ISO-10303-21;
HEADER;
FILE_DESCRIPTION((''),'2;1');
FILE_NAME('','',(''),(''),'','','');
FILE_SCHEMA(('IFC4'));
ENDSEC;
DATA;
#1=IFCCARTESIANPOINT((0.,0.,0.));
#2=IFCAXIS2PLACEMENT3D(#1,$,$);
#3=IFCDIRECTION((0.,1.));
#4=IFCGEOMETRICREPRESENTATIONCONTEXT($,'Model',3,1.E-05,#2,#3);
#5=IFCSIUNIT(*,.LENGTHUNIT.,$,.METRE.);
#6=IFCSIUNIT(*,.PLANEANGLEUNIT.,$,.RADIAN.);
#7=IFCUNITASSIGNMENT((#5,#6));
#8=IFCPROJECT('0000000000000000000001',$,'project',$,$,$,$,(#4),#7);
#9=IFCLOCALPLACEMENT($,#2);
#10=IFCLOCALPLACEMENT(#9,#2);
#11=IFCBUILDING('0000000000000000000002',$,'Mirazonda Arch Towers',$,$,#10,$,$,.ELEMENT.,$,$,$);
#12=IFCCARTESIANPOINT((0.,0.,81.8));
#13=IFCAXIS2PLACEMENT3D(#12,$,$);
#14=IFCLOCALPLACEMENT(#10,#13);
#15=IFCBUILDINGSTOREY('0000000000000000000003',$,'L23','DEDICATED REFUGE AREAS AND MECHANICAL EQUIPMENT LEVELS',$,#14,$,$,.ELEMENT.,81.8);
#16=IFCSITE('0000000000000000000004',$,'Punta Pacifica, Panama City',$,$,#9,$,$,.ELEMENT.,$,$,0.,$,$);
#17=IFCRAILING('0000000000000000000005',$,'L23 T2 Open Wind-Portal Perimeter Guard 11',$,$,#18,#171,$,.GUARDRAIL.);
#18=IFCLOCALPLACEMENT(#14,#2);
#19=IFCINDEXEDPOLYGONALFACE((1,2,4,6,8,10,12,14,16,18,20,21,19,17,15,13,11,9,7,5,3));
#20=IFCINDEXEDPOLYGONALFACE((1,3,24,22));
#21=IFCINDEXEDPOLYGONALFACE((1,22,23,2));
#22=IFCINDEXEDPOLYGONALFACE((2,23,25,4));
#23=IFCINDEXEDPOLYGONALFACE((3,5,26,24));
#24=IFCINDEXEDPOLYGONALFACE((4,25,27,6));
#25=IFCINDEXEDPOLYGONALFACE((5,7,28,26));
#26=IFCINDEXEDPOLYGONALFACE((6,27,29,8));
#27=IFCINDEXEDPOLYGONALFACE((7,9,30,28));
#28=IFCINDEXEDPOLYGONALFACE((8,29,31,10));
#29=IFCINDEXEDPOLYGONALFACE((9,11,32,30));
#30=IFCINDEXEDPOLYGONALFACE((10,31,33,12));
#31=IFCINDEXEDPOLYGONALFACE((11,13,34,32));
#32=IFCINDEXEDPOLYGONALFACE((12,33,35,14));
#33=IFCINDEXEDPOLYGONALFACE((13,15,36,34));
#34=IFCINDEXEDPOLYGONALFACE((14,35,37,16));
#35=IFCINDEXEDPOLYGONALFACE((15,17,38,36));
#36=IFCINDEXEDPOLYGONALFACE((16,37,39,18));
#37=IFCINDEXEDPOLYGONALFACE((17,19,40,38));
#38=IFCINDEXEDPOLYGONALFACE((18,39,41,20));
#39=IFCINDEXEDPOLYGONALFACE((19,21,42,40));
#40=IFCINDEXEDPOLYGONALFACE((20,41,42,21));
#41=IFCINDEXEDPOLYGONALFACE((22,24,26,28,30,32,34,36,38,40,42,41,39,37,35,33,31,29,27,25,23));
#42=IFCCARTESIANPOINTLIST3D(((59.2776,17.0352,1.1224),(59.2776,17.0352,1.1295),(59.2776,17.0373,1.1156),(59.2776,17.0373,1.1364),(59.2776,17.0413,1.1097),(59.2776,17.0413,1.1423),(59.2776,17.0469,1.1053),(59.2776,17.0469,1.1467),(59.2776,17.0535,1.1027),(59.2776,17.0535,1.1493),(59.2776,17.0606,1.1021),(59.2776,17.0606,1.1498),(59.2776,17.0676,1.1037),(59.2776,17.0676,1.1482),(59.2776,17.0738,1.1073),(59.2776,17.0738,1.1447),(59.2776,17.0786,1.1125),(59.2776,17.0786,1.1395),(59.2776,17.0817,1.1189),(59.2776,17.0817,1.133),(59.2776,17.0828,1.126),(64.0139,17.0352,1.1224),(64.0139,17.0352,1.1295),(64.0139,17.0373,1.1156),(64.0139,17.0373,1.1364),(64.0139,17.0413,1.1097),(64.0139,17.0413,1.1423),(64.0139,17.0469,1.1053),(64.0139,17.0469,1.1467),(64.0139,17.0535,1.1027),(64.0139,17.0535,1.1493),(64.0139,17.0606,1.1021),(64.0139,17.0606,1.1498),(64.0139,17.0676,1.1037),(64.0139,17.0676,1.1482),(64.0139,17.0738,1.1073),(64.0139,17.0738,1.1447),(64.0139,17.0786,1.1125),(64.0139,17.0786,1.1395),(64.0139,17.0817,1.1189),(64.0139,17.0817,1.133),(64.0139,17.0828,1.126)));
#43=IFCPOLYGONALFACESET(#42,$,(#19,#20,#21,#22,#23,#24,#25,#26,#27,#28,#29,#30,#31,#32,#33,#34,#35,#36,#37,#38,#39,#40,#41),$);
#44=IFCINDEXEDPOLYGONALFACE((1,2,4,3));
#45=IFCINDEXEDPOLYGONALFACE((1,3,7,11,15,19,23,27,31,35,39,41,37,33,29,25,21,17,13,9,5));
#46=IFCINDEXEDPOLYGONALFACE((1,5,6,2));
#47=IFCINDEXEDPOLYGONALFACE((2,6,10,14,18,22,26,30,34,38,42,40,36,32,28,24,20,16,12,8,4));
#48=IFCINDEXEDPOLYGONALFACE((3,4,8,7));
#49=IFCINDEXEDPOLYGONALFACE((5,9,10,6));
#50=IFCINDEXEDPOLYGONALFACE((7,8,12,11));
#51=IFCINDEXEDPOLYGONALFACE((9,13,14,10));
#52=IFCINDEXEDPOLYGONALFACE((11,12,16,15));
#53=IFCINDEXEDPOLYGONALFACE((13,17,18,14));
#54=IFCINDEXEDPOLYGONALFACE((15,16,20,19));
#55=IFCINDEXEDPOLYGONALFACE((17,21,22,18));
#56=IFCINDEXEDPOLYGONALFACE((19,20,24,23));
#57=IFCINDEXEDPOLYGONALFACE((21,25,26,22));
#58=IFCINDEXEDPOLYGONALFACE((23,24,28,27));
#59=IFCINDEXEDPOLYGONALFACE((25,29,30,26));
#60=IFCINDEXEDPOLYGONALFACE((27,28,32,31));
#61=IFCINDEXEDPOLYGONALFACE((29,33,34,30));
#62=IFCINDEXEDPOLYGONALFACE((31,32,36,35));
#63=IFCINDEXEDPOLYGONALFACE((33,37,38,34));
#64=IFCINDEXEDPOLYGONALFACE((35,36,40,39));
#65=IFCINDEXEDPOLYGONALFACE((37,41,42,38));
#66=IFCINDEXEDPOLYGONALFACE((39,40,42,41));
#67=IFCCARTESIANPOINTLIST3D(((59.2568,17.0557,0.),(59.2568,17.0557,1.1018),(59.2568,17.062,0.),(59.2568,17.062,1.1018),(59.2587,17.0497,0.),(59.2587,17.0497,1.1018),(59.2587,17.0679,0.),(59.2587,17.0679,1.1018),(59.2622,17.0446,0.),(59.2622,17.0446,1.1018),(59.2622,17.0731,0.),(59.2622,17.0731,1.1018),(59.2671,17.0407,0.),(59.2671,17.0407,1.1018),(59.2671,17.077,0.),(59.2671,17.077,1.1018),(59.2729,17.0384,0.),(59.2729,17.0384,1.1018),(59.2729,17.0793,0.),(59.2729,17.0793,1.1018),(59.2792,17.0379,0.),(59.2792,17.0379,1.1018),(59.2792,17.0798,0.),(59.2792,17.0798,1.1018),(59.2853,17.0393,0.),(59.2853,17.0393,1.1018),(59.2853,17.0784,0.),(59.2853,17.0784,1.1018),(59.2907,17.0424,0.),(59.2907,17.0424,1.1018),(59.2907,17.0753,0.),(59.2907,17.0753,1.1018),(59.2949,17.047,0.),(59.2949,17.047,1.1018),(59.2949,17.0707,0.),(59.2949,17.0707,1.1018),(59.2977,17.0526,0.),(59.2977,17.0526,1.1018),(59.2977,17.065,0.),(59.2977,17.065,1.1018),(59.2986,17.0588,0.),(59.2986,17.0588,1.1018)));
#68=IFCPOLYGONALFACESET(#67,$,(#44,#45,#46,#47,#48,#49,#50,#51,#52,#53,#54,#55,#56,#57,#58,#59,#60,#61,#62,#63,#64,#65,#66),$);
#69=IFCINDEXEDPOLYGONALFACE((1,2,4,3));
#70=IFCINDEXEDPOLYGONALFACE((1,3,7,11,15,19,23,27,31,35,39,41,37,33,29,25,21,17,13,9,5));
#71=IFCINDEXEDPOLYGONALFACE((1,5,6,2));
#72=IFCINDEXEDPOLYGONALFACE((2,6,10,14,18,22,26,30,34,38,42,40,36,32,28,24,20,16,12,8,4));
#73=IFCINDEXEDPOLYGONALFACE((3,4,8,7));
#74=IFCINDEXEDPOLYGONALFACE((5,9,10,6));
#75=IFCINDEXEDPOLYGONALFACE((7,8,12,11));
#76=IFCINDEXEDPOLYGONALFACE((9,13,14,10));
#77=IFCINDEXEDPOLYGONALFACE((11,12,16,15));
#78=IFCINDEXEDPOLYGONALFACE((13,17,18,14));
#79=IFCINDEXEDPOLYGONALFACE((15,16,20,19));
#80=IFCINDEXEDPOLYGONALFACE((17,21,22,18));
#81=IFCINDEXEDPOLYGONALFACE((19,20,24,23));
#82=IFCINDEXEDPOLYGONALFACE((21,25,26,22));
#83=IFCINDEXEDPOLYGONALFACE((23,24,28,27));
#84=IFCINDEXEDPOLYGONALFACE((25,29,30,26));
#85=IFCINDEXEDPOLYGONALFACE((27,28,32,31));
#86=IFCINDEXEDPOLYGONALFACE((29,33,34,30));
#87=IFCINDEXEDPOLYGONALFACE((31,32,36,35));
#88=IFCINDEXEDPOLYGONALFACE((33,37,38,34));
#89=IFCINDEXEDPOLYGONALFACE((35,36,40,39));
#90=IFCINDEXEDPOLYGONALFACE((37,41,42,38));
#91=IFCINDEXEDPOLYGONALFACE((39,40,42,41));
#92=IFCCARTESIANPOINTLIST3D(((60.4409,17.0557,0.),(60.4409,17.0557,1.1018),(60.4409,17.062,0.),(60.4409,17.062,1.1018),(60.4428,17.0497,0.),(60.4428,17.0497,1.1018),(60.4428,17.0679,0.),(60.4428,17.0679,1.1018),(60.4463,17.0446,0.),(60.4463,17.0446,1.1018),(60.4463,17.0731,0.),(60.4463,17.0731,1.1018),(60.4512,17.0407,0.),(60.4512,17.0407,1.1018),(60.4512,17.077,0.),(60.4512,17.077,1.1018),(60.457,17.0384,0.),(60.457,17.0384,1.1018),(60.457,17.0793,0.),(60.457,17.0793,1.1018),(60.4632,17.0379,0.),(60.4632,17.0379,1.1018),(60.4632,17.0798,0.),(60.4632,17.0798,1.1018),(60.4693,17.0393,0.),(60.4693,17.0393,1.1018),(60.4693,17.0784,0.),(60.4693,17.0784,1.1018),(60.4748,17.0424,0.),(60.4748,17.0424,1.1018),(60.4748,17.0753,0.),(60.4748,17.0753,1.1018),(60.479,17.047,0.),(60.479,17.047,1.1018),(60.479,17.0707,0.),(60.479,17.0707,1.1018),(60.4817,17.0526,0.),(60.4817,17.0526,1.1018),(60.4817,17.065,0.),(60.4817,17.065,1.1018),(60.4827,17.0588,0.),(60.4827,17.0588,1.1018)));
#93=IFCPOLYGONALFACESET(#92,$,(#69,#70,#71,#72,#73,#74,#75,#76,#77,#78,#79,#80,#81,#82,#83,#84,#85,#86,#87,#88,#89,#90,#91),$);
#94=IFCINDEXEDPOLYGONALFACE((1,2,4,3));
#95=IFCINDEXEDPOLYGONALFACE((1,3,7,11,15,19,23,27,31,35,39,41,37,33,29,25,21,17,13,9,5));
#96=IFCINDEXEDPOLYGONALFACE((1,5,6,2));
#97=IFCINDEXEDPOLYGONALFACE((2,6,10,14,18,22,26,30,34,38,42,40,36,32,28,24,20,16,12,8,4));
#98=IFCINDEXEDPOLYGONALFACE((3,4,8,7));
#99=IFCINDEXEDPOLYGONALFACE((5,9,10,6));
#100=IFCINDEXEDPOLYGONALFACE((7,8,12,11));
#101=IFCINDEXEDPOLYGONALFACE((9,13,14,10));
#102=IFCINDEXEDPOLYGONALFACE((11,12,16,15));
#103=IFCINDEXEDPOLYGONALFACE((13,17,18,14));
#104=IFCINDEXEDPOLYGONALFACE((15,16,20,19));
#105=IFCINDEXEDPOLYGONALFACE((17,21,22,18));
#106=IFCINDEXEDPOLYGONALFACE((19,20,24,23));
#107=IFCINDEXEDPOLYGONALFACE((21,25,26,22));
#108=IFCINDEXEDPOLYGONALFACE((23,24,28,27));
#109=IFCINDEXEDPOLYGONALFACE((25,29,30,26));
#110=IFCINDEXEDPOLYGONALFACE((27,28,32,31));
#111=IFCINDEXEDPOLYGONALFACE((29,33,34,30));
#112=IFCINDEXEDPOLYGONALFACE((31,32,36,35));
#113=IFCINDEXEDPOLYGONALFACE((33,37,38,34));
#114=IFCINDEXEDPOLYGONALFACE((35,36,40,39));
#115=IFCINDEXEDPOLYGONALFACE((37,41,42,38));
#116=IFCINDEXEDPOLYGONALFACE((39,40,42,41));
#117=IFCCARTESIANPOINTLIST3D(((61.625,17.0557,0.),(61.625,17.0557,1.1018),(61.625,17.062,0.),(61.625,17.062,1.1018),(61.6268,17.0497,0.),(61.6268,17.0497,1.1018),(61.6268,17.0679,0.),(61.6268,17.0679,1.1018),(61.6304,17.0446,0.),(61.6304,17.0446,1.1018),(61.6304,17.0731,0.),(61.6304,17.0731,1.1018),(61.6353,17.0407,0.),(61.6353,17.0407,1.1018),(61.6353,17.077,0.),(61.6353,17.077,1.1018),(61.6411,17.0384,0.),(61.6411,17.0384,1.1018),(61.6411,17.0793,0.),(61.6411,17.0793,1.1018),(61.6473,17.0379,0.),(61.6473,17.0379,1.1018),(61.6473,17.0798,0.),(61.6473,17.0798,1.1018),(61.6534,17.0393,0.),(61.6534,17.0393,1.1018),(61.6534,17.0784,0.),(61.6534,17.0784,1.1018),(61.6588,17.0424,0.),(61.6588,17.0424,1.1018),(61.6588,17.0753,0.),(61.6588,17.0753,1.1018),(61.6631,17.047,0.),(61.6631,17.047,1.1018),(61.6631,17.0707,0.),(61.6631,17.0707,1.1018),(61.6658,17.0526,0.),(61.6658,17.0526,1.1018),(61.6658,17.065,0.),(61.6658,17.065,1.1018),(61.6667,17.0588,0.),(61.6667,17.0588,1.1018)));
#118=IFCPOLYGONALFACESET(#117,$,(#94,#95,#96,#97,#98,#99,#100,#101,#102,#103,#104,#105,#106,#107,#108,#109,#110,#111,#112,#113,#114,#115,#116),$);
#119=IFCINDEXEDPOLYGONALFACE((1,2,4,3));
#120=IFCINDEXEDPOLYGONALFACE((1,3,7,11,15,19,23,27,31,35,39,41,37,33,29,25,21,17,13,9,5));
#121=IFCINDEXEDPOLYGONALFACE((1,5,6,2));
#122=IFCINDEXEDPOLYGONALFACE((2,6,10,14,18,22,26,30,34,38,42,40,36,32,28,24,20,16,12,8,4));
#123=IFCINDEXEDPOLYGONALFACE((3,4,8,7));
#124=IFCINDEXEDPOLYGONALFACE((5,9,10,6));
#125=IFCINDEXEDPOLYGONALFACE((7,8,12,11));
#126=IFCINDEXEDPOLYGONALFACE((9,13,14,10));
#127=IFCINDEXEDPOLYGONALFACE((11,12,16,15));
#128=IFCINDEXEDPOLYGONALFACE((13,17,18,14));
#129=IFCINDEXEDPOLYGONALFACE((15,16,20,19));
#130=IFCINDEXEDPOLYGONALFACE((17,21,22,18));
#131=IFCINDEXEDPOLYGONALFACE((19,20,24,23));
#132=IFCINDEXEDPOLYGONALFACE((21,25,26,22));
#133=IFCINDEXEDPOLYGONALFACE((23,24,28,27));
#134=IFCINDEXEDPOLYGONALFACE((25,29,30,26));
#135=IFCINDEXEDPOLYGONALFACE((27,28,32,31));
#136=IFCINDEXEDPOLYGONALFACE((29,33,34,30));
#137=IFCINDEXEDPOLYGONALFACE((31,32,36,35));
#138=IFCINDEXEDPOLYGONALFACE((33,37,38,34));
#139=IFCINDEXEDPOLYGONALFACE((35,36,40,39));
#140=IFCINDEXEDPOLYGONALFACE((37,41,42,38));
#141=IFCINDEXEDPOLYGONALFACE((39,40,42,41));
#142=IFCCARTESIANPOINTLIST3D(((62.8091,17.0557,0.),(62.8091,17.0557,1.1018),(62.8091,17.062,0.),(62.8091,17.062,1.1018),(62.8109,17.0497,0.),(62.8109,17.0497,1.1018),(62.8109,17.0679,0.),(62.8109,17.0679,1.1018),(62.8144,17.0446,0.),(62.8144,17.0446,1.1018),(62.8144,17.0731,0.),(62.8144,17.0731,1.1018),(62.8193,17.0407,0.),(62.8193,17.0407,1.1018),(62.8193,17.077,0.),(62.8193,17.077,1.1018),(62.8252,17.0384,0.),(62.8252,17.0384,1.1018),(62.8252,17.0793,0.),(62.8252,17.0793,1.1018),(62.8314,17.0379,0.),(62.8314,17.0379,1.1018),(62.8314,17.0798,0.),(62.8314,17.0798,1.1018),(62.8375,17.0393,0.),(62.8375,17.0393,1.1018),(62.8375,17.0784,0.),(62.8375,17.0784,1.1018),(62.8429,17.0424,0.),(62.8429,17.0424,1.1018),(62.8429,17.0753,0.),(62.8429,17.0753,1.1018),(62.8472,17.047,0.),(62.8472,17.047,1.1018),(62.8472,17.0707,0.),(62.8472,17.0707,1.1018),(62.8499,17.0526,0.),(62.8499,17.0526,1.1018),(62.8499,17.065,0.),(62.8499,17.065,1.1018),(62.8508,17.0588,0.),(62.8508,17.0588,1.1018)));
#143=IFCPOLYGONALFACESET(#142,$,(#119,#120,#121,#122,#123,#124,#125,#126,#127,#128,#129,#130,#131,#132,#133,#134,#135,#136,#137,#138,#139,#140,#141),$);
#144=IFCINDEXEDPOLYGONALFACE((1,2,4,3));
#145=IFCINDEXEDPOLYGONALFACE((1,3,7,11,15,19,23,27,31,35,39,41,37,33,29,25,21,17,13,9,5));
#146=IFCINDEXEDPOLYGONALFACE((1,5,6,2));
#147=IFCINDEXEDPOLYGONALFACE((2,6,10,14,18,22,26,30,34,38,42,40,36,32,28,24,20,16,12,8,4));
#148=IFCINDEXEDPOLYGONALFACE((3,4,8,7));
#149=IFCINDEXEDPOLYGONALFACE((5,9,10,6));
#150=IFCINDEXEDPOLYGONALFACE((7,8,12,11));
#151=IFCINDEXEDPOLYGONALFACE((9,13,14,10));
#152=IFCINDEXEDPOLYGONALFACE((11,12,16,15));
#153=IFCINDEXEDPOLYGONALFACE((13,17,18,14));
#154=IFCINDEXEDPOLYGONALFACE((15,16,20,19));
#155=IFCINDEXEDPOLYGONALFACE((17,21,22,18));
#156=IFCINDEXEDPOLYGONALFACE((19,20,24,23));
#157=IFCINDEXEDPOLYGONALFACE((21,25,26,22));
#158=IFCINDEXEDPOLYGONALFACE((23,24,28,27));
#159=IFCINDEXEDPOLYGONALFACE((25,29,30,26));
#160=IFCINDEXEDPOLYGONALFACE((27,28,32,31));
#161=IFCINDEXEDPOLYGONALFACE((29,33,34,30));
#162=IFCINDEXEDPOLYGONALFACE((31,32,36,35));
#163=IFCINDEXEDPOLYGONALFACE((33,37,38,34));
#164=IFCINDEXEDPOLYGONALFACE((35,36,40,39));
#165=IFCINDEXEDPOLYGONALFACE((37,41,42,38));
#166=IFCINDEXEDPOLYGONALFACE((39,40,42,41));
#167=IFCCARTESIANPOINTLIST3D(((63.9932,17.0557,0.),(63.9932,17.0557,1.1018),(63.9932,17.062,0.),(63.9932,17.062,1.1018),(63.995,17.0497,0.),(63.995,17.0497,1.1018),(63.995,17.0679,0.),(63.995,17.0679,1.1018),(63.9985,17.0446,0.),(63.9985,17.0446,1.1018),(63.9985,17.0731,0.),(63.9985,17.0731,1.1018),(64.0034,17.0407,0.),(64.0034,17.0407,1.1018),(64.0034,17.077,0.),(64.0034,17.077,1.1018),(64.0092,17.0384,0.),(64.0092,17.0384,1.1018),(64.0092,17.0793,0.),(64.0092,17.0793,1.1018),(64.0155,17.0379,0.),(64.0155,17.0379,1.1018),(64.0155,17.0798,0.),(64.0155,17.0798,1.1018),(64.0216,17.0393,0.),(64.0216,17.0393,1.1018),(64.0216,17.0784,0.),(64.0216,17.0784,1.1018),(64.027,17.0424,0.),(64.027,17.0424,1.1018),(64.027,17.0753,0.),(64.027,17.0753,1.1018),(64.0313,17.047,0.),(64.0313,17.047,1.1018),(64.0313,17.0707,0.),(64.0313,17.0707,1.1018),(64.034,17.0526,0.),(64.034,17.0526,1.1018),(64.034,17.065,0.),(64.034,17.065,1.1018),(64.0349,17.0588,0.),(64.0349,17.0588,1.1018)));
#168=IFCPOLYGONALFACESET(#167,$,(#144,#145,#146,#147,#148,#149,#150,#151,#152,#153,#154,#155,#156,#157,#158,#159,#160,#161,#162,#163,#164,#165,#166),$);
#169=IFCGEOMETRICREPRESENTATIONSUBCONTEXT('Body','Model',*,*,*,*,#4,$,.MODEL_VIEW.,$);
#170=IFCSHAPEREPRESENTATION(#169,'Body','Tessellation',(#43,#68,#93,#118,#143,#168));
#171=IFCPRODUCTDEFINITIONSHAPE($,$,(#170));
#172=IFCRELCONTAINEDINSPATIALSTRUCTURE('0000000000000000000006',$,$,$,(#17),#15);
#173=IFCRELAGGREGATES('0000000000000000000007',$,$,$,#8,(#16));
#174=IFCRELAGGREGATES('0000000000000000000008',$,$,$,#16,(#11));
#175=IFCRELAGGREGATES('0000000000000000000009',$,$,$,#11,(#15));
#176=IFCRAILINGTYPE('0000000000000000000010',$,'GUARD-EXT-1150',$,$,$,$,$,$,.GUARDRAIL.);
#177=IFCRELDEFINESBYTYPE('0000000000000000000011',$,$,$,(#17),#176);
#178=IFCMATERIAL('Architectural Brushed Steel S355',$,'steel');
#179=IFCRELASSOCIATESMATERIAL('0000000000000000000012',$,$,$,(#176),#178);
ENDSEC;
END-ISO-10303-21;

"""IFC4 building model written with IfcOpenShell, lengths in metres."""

from ifc_helpers import new_model, si_unit, direction, frame, origin, origin_2d, place, context, subcontext, project, spatial, circle, extrude, material, type_object, element, save


model = new_model("IFC4")

# Units and contexts
model_context = context("Model", 3, precision=1e-05, world=origin(), true_north=direction((0.0, 1.0)))
body_context = subcontext(model_context, "Body", "Model", "MODEL_VIEW")
ifc_project = project(units=[si_unit("LENGTHUNIT", "METRE"), si_unit("PLANEANGLEUNIT", "RADIAN")], contexts=[model_context])

# Site, building, storey
site_placement = place(None, origin())
site = spatial("IfcSite", under=ifc_project, at=site_placement, Name="Punta Pacifica, Panama City", CompositionType="ELEMENT", RefElevation=0.0)
building_placement = place(site_placement, origin())
building = spatial("IfcBuilding", under=site, at=building_placement, Name="Mirazonda Arch Towers", CompositionType="ELEMENT")
storey_placement = place(building_placement, frame((0.0, 0.0, 81.8)))
storey = spatial("IfcBuildingStorey", under=building, at=storey_placement, Name="L23", Description="DEDICATED REFUGE AREAS AND MECHANICAL EQUIPMENT LEVELS", CompositionType="ELEMENT", Elevation=81.8)

# Railing
ifc_material_1 = material(Name="Architectural Brushed Steel S355", Category="steel")
railing_type = type_object("IfcRailingType", Name="GUARD-EXT-1150", PredefinedType="GUARDRAIL", material=ifc_material_1)
railing_1_placement = place(storey_placement, frame((59.2776, 17.0588, 0.0)))
element("IfcRailing", 1, at=railing_1_placement, inside=storey, type_object=railing_type, Name="L23 T2 Open Wind-Portal Perimeter Guard 11", PredefinedType="GUARDRAIL", context=body_context, shape_type="SweptSolid", body=[
    extrude(circle(Radius=0.0239, at=origin_2d()), frame((0.0, 0.0, 1.126), z_axis=(1.0, 0.0, 0.0), x_axis=(0.0, 1.0, 0.0)), (0.0, 0.0, 1.0), 4.7363),
    extrude(circle(Radius=0.021, at=origin_2d()), origin(), (0.0, 0.0, 1.0), 1.1018),
    extrude(circle(Radius=0.021, at=origin_2d()), frame((1.1841, 0.0, 0.0)), (0.0, 0.0, 1.0), 1.1018),
    extrude(circle(Radius=0.021, at=origin_2d()), frame((2.3682, 0.0, 0.0)), (0.0, 0.0, 1.0), 1.1018),
    extrude(circle(Radius=0.021, at=origin_2d()), frame((3.5522, 0.0, 0.0)), (0.0, 0.0, 1.0), 1.1018),
    extrude(circle(Radius=0.021, at=origin_2d()), frame((4.7363, 0.0, 0.0)), (0.0, 0.0, 1.0), 1.1018),
])

save(model, "model.ifc")
